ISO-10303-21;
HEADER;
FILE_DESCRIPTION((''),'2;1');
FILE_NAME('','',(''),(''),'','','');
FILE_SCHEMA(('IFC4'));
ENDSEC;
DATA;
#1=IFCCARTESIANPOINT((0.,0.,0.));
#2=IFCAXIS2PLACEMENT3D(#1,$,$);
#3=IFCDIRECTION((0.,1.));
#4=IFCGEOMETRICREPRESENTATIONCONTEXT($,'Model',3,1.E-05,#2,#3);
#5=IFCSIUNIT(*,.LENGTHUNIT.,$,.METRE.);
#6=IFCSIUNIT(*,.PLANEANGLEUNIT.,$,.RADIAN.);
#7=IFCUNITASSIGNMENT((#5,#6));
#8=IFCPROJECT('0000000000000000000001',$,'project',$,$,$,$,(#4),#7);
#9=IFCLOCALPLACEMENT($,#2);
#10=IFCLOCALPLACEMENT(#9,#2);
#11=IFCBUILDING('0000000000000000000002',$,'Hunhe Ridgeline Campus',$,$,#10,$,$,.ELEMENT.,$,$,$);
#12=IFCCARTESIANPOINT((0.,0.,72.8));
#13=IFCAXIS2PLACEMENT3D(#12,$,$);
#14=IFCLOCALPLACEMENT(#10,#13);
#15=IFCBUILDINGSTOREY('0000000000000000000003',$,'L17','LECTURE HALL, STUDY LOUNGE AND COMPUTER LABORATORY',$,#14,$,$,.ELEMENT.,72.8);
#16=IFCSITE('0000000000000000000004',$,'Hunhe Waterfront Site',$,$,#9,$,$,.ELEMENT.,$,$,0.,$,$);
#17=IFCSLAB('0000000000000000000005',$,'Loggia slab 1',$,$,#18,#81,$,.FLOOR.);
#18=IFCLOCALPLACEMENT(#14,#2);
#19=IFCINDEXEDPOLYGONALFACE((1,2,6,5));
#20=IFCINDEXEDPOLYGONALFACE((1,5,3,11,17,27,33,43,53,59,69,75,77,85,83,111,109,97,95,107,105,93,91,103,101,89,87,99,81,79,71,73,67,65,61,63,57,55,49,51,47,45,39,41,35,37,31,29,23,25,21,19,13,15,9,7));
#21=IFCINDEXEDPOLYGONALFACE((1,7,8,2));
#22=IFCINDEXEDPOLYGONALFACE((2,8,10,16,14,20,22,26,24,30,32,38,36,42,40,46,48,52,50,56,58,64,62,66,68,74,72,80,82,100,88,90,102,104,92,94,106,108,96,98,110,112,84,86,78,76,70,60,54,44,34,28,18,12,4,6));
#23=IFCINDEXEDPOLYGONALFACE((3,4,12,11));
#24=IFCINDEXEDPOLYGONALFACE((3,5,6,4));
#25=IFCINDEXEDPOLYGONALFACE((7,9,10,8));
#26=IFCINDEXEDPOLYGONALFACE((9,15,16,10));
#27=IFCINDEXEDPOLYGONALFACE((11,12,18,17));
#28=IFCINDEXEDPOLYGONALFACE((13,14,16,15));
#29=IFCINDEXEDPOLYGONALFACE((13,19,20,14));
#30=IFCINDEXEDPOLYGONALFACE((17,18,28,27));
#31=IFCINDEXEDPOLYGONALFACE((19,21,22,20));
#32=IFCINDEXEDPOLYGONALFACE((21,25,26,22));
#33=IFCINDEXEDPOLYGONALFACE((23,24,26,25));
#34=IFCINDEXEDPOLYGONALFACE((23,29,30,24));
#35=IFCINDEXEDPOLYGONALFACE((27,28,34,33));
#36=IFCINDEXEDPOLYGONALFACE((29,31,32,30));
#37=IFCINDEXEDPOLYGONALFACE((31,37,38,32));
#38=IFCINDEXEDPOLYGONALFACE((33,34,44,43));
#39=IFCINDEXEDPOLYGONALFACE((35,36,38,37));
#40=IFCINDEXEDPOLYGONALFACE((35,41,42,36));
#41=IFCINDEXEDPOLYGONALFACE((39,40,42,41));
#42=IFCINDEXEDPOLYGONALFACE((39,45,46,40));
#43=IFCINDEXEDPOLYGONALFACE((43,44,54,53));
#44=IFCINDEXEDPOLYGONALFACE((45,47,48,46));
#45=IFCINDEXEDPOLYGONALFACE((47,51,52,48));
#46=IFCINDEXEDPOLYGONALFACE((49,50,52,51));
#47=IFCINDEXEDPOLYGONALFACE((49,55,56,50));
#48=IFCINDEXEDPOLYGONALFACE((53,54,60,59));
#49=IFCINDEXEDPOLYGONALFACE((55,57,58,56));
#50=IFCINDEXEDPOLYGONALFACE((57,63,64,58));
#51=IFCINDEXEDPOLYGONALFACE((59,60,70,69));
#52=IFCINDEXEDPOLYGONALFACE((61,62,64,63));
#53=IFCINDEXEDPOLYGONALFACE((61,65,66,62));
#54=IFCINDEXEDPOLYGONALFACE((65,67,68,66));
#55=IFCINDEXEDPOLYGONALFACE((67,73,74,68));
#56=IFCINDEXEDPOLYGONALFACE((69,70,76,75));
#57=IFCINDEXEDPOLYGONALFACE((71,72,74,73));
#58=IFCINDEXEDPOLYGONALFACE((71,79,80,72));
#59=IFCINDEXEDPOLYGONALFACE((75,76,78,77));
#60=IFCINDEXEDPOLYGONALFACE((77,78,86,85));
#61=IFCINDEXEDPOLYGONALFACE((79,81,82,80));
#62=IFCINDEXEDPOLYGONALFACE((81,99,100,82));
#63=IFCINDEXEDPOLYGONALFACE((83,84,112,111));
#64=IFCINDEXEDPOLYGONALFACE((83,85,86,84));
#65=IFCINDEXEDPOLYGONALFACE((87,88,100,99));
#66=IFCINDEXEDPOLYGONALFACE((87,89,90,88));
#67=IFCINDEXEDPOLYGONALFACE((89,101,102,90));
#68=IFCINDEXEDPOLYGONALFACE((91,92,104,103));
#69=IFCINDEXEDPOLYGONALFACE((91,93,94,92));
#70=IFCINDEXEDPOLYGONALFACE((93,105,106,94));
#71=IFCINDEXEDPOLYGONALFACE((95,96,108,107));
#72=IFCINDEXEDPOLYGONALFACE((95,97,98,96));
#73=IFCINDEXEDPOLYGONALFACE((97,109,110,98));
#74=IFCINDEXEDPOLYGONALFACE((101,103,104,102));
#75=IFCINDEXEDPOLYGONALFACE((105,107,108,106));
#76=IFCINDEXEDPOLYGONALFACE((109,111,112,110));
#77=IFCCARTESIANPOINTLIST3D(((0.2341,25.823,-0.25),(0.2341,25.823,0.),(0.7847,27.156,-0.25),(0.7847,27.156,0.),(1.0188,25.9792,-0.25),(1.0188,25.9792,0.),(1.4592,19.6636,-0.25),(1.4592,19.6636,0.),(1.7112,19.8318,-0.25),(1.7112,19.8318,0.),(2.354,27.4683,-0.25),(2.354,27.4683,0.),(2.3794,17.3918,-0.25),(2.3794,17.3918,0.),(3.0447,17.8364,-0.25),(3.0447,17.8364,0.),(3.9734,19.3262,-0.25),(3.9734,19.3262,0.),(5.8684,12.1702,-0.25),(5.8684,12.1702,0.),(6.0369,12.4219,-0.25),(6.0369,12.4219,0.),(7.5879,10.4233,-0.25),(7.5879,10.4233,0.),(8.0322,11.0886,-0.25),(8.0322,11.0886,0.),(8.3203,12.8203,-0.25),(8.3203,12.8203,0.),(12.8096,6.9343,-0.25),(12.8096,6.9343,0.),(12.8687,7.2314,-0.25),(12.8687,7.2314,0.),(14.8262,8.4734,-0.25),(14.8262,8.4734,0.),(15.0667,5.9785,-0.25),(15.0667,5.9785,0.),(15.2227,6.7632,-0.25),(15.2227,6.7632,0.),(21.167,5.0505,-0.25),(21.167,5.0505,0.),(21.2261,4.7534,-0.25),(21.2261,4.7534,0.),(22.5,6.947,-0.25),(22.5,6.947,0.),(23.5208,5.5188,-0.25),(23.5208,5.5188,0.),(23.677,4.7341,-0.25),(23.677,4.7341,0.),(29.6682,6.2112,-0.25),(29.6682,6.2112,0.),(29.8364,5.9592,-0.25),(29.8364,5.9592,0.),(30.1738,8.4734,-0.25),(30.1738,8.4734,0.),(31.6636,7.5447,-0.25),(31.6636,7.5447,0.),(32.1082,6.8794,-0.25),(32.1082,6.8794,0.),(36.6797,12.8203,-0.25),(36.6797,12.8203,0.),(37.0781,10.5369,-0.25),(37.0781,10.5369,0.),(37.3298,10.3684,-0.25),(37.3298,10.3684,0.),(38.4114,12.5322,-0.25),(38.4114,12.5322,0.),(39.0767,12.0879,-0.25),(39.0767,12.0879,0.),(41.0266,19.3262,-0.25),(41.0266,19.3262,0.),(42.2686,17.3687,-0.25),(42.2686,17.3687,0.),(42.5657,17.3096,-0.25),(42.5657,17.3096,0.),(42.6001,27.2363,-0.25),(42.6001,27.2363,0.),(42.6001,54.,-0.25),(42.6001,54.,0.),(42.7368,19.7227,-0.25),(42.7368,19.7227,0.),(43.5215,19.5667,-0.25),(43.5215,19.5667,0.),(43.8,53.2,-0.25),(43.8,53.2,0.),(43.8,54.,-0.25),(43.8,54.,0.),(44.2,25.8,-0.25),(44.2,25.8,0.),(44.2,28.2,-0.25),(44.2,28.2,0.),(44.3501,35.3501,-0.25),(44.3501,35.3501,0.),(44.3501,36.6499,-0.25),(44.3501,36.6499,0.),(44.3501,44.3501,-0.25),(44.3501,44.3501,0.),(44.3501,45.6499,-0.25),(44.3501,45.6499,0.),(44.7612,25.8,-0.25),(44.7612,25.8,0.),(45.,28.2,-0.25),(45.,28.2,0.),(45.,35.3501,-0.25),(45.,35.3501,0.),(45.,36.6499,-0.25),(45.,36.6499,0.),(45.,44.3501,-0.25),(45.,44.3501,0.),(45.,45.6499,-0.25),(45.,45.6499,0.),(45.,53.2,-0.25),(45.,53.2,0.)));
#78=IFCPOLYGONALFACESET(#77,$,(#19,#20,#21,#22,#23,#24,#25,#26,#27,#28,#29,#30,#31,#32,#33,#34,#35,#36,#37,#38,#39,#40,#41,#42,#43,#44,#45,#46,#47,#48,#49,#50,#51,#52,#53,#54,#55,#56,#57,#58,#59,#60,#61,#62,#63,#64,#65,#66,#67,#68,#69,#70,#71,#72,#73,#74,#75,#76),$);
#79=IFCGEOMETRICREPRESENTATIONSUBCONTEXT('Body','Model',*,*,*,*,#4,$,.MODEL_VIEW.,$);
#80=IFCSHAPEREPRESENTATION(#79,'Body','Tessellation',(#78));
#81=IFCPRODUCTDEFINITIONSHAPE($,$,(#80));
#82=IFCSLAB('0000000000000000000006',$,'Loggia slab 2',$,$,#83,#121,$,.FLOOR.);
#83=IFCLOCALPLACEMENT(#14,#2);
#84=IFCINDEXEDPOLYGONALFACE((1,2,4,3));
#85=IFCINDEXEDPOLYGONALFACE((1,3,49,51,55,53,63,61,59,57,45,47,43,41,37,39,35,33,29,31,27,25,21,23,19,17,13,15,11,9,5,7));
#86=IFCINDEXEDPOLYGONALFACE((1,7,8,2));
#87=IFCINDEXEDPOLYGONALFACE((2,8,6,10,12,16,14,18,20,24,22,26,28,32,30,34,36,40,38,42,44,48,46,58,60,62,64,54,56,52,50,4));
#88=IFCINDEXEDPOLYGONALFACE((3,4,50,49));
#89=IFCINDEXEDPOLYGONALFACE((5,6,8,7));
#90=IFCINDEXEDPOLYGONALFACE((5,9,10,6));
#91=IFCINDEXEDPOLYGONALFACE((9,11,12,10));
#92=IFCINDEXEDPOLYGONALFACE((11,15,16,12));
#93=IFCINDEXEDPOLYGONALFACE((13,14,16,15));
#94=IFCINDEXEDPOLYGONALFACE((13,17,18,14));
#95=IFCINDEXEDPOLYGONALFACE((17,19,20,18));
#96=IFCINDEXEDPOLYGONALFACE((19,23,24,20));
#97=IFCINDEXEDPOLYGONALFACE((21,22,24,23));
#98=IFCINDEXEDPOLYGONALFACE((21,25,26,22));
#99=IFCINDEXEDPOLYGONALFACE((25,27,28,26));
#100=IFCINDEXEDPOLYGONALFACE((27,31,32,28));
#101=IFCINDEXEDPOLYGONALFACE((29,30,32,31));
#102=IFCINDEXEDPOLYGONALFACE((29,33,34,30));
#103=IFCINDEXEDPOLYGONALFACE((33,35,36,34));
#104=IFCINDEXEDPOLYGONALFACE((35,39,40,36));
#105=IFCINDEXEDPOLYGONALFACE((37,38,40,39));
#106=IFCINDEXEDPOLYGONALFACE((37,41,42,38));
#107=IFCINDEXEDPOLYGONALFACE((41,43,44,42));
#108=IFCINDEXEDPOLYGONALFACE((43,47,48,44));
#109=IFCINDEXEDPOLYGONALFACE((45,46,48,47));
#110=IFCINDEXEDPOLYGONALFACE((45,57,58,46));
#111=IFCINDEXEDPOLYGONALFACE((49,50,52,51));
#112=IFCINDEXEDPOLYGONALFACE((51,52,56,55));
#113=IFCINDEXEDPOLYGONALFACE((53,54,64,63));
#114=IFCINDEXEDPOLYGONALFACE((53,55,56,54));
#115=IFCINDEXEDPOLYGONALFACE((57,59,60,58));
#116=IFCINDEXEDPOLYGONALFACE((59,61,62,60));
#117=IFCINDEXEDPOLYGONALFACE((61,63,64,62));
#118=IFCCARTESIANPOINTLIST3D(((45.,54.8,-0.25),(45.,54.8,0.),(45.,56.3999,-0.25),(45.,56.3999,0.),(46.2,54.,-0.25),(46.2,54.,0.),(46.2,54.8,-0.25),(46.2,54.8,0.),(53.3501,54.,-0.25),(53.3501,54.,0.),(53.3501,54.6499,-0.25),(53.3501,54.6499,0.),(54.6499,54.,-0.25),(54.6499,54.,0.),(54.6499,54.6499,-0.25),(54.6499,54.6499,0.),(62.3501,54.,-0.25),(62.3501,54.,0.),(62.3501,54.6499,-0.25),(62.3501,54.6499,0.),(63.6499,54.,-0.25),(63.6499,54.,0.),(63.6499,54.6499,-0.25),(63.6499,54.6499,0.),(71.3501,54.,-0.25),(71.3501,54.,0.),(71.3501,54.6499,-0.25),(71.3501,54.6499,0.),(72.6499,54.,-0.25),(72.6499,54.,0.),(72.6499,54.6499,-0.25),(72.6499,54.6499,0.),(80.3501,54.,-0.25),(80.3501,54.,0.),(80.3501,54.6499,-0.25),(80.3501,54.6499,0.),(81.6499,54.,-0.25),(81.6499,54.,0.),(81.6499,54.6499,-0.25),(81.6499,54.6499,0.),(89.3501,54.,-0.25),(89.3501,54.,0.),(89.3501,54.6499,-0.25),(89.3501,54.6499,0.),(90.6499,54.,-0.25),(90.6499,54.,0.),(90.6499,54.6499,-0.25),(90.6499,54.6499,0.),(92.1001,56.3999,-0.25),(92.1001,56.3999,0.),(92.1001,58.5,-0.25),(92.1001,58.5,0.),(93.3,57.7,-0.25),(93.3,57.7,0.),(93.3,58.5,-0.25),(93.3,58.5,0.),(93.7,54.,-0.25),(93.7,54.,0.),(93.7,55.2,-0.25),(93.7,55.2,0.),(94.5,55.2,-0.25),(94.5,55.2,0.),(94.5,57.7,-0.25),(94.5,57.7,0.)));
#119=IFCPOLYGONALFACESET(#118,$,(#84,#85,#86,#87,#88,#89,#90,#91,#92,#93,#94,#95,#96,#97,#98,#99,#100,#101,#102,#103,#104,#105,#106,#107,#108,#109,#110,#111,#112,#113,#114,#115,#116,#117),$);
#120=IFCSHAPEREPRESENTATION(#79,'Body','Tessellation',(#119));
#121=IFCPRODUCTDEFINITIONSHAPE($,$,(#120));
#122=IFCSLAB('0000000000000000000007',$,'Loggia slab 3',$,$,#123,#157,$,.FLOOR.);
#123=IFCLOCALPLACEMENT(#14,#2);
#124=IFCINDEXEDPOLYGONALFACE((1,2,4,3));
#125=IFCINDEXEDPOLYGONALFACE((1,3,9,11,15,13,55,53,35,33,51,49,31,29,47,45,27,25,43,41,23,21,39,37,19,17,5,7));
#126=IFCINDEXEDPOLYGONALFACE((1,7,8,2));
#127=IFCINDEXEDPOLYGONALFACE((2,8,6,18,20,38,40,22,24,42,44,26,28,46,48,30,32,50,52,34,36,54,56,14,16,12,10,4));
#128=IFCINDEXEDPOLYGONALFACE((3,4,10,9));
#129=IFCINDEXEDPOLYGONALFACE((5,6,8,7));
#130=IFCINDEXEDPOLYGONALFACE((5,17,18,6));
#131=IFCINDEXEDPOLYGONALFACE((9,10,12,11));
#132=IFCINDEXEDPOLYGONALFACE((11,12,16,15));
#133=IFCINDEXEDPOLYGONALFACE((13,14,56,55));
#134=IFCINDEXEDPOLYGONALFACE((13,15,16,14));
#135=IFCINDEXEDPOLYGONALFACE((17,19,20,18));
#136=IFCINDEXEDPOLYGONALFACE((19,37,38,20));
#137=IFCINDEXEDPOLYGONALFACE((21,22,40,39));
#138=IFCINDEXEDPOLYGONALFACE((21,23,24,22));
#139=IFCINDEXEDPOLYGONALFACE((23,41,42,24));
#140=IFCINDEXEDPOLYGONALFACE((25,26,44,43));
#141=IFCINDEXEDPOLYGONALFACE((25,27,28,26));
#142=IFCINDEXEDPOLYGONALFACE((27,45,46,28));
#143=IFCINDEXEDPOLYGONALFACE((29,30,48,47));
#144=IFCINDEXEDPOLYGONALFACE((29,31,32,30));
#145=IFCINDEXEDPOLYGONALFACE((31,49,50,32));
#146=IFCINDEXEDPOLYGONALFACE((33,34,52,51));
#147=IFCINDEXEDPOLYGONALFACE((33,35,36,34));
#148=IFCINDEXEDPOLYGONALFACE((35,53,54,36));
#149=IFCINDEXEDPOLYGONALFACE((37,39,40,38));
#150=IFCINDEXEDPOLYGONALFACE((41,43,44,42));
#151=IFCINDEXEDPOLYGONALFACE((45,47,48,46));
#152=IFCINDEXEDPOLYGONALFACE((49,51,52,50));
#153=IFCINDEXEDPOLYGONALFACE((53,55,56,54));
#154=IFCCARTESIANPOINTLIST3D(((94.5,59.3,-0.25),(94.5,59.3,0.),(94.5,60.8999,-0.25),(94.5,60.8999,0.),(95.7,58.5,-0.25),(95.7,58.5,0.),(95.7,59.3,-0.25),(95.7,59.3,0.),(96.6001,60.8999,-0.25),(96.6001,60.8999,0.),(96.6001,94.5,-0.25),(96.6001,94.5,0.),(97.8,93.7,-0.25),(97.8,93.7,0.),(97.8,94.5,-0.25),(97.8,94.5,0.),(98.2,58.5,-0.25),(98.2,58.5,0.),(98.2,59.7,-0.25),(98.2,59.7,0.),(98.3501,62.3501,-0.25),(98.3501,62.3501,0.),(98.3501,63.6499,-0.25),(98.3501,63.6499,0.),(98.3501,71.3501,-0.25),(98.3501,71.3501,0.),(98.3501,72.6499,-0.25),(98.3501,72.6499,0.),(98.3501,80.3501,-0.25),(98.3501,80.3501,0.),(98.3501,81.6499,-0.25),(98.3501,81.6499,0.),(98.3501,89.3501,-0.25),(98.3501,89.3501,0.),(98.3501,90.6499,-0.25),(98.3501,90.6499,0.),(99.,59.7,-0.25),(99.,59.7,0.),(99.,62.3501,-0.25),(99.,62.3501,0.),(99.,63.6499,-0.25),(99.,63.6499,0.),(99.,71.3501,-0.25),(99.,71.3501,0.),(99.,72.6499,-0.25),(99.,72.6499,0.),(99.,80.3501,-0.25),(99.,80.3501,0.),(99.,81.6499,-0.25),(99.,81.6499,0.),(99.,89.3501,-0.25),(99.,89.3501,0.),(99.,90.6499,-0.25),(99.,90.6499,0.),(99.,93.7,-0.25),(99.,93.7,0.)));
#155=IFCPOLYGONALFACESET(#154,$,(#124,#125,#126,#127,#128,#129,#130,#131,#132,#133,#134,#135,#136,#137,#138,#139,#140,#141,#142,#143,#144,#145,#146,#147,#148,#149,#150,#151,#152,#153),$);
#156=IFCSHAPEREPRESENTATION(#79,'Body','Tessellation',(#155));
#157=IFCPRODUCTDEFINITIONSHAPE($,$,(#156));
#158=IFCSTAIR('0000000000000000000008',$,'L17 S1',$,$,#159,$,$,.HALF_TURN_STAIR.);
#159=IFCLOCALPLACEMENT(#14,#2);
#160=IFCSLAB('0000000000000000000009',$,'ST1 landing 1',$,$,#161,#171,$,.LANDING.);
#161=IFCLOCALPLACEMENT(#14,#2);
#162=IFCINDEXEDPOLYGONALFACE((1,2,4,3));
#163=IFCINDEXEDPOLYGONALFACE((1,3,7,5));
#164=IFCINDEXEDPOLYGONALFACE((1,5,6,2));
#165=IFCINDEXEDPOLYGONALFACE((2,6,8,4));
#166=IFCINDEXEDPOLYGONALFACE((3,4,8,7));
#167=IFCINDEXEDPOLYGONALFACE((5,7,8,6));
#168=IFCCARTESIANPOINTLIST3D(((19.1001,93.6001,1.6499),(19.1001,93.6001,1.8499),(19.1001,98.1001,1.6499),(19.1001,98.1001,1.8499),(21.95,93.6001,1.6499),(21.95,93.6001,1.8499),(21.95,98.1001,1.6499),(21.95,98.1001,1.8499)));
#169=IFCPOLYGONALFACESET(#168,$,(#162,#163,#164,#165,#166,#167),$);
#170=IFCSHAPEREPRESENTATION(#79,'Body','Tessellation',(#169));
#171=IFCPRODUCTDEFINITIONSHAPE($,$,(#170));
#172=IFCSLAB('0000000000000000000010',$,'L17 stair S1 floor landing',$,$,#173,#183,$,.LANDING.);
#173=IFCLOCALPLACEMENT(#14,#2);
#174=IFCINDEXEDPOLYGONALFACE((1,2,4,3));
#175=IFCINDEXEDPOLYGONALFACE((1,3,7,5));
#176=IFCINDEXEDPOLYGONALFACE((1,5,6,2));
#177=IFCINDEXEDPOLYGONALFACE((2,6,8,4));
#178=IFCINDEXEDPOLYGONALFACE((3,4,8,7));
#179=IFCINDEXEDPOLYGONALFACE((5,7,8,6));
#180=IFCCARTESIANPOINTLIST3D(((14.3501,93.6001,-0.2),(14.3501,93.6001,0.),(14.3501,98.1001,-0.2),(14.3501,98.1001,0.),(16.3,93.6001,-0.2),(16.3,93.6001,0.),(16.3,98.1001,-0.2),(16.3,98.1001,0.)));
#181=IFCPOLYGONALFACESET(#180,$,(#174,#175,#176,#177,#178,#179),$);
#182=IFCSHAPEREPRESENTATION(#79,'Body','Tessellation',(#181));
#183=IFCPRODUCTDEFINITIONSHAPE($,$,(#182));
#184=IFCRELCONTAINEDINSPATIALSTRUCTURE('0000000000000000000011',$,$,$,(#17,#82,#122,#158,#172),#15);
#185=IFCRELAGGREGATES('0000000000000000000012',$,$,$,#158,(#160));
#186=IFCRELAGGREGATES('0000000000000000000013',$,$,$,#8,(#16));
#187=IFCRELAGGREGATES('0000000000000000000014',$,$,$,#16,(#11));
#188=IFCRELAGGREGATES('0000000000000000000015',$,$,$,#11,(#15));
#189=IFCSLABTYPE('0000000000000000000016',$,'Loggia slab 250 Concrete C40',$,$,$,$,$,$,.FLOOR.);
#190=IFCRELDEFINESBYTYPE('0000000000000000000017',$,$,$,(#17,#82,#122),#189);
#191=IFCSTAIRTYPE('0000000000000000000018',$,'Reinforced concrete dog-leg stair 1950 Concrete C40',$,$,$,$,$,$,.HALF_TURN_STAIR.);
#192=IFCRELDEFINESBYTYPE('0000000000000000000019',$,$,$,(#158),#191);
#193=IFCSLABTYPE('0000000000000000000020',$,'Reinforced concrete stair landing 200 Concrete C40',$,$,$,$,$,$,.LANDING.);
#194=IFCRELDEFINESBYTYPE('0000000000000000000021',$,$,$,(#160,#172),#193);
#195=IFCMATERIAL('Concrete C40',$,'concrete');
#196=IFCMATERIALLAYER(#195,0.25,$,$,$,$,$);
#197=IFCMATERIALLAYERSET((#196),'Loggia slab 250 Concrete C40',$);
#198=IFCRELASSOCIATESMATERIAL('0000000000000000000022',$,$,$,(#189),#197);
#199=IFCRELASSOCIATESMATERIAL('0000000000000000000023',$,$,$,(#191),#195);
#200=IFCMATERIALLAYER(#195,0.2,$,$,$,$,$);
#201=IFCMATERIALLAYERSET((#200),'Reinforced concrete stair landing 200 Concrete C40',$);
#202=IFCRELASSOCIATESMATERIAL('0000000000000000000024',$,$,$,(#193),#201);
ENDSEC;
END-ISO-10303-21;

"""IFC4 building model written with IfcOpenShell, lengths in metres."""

from ifc_helpers import new_model, si_unit, direction, frame, origin, place, context, subcontext, project, spatial, polyline, outline, extrude, material, layer, layer_set, type_object, element, aggregate, save


model = new_model("IFC4")

# Units and contexts
model_context = context("Model", 3, precision=1e-05, world=origin(), true_north=direction((0.0, 1.0)))
body_context = subcontext(model_context, "Body", "Model", "MODEL_VIEW")
ifc_project = project(units=[si_unit("LENGTHUNIT", "METRE"), si_unit("PLANEANGLEUNIT", "RADIAN")], contexts=[model_context])

# Site, building, storey
site_placement = place(None, origin())
site = spatial("IfcSite", under=ifc_project, at=site_placement, Name="Hunhe Waterfront Site", CompositionType="ELEMENT", RefElevation=0.0)
building_placement = place(site_placement, origin())
building = spatial("IfcBuilding", under=site, at=building_placement, Name="Hunhe Ridgeline Campus", CompositionType="ELEMENT")
storey_placement = place(building_placement, frame((0.0, 0.0, 72.8)))
storey = spatial("IfcBuildingStorey", under=building, at=storey_placement, Name="L17", Description="LECTURE HALL, STUDY LOUNGE AND COMPUTER LABORATORY", CompositionType="ELEMENT", Elevation=72.8)

# Slabs
ifc_material_1 = material(Name="Concrete C40", Category="concrete")
ifc_layer_1 = layer(ifc_material_1, 0.25)
ifc_layer_set_1 = layer_set([ifc_layer_1], Name="Loggia slab 250 Concrete C40")
slab_type_1 = type_object("IfcSlabType", Name="Loggia slab 250 Concrete C40", PredefinedType="FLOOR", material=ifc_layer_set_1)
slab_1_placement = place(storey_placement, frame((0.0, 0.0, -0.25)))
element("IfcSlab", 1, at=slab_1_placement, inside=storey, type_object=slab_type_1, Name="Loggia slab 1", PredefinedType="FLOOR", context=body_context, shape_type="SweptSolid", body=[
    extrude(outline(polyline([(30.1738, 8.4734), (22.5, 6.947), (14.8262, 8.4734), (8.3203, 12.8203), (3.9734, 19.3262), (2.354, 27.4683), (0.7847, 27.156), (1.0188, 25.9792), (0.2341, 25.823), (1.4592, 19.6636), (1.7112, 19.8318), (3.0447, 17.8364), (2.3794, 17.3918), (5.8684, 12.1702), (6.0369, 12.4219), (8.0322, 11.0886), (7.5879, 10.4233), (12.8096, 6.9343), (12.8687, 7.2314), (15.2227, 6.7632), (15.0667, 5.9785), (21.2261, 4.7534), (21.167, 5.0505), (23.5208, 5.5188), (23.677, 4.7341), (29.8364, 5.9592), (29.6682, 6.2112), (31.6636, 7.5447), (32.1082, 6.8794), (37.3298, 10.3684), (37.0781, 10.5369), (38.4114, 12.5322), (39.0767, 12.0879), (42.5657, 17.3096), (42.2686, 17.3687), (42.7368, 19.7227), (43.5215, 19.5667), (44.7612, 25.8), (44.2, 25.8), (44.2, 28.2), (45.0, 28.2), (45.0, 35.3501), (44.3501, 35.3501), (44.3501, 36.6499), (45.0, 36.6499), (45.0, 44.3501), (44.3501, 44.3501), (44.3501, 45.6499), (45.0, 45.6499), (45.0, 53.2), (43.8, 53.2), (43.8, 54.0), (42.6001, 54.0), (42.6001, 27.2363), (41.0266, 19.3262), (36.6797, 12.8203), (30.1738, 8.4734)])), origin(), (0.0, 0.0, 1.0), 0.25),
])
slab_2_placement = place(storey_placement, frame((0.0, 0.0, -0.25)))
element("IfcSlab", 2, at=slab_2_placement, inside=storey, type_object=slab_type_1, Name="Loggia slab 2", PredefinedType="FLOOR", context=body_context, shape_type="SweptSolid", body=[
    extrude(outline(polyline([(45.0, 54.8), (46.2, 54.8), (46.2, 54.0), (53.3501, 54.0), (53.3501, 54.6499), (54.6499, 54.6499), (54.6499, 54.0), (62.3501, 54.0), (62.3501, 54.6499), (63.6499, 54.6499), (63.6499, 54.0), (71.3501, 54.0), (71.3501, 54.6499), (72.6499, 54.6499), (72.6499, 54.0), (80.3501, 54.0), (80.3501, 54.6499), (81.6499, 54.6499), (81.6499, 54.0), (89.3501, 54.0), (89.3501, 54.6499), (90.6499, 54.6499), (90.6499, 54.0), (93.7, 54.0), (93.7, 55.2), (94.5, 55.2), (94.5, 57.7), (93.3, 57.7), (93.3, 58.5), (92.1001, 58.5), (92.1001, 56.3999), (45.0, 56.3999), (45.0, 54.8)])), origin(), (0.0, 0.0, 1.0), 0.25),
])
slab_3_placement = place(storey_placement, frame((0.0, 0.0, -0.25)))
element("IfcSlab", 3, at=slab_3_placement, inside=storey, type_object=slab_type_1, Name="Loggia slab 3", PredefinedType="FLOOR", context=body_context, shape_type="SweptSolid", body=[
    extrude(outline(polyline([(94.5, 59.3), (95.7, 59.3), (95.7, 58.5), (98.2, 58.5), (98.2, 59.7), (99.0, 59.7), (99.0, 62.3501), (98.3501, 62.3501), (98.3501, 63.6499), (99.0, 63.6499), (99.0, 71.3501), (98.3501, 71.3501), (98.3501, 72.6499), (99.0, 72.6499), (99.0, 80.3501), (98.3501, 80.3501), (98.3501, 81.6499), (99.0, 81.6499), (99.0, 89.3501), (98.3501, 89.3501), (98.3501, 90.6499), (99.0, 90.6499), (99.0, 93.7), (97.8, 93.7), (97.8, 94.5), (96.6001, 94.5), (96.6001, 60.8999), (94.5, 60.8999), (94.5, 59.3)])), origin(), (0.0, 0.0, 1.0), 0.25),
])

# Stair, slab
stair_type = type_object("IfcStairType", Name="Reinforced concrete dog-leg stair 1950 Concrete C40", PredefinedType="HALF_TURN_STAIR", material=ifc_material_1)
stair_1_placement = place(storey_placement, origin())
stair_1 = element("IfcStair", 4, at=stair_1_placement, inside=storey, type_object=stair_type, Name="L17 S1", PredefinedType="HALF_TURN_STAIR")
ifc_layer_2 = layer(ifc_material_1, 0.2)
ifc_layer_set_2 = layer_set([ifc_layer_2], Name="Reinforced concrete stair landing 200 Concrete C40")
slab_type_2 = type_object("IfcSlabType", Name="Reinforced concrete stair landing 200 Concrete C40", PredefinedType="LANDING", material=ifc_layer_set_2)
slab_4_placement = place(storey_placement, frame((0.0, 0.0, 1.6499)))
slab_4 = element("IfcSlab", 5, at=slab_4_placement, type_object=slab_type_2, Name="ST1 landing 1", PredefinedType="LANDING", context=body_context, shape_type="SweptSolid", body=[
    extrude(outline(polyline([(19.1001, 93.6001), (21.95, 93.6001), (21.95, 98.1001), (19.1001, 98.1001), (19.1001, 93.6001)])), origin(), (0.0, 0.0, 1.0), 0.2),
])
aggregate(stair_1, [slab_4])

# Slab
slab_5_placement = place(storey_placement, frame((0.0, 0.0, -0.2)))
element("IfcSlab", 6, at=slab_5_placement, inside=storey, type_object=slab_type_2, Name="L17 stair S1 floor landing", PredefinedType="LANDING", context=body_context, shape_type="SweptSolid", body=[
    extrude(outline(polyline([(14.3501, 93.6001), (16.3, 93.6001), (16.3, 98.1001), (14.3501, 98.1001), (14.3501, 93.6001)])), origin(), (0.0, 0.0, 1.0), 0.2),
])

save(model, "model.ifc")
